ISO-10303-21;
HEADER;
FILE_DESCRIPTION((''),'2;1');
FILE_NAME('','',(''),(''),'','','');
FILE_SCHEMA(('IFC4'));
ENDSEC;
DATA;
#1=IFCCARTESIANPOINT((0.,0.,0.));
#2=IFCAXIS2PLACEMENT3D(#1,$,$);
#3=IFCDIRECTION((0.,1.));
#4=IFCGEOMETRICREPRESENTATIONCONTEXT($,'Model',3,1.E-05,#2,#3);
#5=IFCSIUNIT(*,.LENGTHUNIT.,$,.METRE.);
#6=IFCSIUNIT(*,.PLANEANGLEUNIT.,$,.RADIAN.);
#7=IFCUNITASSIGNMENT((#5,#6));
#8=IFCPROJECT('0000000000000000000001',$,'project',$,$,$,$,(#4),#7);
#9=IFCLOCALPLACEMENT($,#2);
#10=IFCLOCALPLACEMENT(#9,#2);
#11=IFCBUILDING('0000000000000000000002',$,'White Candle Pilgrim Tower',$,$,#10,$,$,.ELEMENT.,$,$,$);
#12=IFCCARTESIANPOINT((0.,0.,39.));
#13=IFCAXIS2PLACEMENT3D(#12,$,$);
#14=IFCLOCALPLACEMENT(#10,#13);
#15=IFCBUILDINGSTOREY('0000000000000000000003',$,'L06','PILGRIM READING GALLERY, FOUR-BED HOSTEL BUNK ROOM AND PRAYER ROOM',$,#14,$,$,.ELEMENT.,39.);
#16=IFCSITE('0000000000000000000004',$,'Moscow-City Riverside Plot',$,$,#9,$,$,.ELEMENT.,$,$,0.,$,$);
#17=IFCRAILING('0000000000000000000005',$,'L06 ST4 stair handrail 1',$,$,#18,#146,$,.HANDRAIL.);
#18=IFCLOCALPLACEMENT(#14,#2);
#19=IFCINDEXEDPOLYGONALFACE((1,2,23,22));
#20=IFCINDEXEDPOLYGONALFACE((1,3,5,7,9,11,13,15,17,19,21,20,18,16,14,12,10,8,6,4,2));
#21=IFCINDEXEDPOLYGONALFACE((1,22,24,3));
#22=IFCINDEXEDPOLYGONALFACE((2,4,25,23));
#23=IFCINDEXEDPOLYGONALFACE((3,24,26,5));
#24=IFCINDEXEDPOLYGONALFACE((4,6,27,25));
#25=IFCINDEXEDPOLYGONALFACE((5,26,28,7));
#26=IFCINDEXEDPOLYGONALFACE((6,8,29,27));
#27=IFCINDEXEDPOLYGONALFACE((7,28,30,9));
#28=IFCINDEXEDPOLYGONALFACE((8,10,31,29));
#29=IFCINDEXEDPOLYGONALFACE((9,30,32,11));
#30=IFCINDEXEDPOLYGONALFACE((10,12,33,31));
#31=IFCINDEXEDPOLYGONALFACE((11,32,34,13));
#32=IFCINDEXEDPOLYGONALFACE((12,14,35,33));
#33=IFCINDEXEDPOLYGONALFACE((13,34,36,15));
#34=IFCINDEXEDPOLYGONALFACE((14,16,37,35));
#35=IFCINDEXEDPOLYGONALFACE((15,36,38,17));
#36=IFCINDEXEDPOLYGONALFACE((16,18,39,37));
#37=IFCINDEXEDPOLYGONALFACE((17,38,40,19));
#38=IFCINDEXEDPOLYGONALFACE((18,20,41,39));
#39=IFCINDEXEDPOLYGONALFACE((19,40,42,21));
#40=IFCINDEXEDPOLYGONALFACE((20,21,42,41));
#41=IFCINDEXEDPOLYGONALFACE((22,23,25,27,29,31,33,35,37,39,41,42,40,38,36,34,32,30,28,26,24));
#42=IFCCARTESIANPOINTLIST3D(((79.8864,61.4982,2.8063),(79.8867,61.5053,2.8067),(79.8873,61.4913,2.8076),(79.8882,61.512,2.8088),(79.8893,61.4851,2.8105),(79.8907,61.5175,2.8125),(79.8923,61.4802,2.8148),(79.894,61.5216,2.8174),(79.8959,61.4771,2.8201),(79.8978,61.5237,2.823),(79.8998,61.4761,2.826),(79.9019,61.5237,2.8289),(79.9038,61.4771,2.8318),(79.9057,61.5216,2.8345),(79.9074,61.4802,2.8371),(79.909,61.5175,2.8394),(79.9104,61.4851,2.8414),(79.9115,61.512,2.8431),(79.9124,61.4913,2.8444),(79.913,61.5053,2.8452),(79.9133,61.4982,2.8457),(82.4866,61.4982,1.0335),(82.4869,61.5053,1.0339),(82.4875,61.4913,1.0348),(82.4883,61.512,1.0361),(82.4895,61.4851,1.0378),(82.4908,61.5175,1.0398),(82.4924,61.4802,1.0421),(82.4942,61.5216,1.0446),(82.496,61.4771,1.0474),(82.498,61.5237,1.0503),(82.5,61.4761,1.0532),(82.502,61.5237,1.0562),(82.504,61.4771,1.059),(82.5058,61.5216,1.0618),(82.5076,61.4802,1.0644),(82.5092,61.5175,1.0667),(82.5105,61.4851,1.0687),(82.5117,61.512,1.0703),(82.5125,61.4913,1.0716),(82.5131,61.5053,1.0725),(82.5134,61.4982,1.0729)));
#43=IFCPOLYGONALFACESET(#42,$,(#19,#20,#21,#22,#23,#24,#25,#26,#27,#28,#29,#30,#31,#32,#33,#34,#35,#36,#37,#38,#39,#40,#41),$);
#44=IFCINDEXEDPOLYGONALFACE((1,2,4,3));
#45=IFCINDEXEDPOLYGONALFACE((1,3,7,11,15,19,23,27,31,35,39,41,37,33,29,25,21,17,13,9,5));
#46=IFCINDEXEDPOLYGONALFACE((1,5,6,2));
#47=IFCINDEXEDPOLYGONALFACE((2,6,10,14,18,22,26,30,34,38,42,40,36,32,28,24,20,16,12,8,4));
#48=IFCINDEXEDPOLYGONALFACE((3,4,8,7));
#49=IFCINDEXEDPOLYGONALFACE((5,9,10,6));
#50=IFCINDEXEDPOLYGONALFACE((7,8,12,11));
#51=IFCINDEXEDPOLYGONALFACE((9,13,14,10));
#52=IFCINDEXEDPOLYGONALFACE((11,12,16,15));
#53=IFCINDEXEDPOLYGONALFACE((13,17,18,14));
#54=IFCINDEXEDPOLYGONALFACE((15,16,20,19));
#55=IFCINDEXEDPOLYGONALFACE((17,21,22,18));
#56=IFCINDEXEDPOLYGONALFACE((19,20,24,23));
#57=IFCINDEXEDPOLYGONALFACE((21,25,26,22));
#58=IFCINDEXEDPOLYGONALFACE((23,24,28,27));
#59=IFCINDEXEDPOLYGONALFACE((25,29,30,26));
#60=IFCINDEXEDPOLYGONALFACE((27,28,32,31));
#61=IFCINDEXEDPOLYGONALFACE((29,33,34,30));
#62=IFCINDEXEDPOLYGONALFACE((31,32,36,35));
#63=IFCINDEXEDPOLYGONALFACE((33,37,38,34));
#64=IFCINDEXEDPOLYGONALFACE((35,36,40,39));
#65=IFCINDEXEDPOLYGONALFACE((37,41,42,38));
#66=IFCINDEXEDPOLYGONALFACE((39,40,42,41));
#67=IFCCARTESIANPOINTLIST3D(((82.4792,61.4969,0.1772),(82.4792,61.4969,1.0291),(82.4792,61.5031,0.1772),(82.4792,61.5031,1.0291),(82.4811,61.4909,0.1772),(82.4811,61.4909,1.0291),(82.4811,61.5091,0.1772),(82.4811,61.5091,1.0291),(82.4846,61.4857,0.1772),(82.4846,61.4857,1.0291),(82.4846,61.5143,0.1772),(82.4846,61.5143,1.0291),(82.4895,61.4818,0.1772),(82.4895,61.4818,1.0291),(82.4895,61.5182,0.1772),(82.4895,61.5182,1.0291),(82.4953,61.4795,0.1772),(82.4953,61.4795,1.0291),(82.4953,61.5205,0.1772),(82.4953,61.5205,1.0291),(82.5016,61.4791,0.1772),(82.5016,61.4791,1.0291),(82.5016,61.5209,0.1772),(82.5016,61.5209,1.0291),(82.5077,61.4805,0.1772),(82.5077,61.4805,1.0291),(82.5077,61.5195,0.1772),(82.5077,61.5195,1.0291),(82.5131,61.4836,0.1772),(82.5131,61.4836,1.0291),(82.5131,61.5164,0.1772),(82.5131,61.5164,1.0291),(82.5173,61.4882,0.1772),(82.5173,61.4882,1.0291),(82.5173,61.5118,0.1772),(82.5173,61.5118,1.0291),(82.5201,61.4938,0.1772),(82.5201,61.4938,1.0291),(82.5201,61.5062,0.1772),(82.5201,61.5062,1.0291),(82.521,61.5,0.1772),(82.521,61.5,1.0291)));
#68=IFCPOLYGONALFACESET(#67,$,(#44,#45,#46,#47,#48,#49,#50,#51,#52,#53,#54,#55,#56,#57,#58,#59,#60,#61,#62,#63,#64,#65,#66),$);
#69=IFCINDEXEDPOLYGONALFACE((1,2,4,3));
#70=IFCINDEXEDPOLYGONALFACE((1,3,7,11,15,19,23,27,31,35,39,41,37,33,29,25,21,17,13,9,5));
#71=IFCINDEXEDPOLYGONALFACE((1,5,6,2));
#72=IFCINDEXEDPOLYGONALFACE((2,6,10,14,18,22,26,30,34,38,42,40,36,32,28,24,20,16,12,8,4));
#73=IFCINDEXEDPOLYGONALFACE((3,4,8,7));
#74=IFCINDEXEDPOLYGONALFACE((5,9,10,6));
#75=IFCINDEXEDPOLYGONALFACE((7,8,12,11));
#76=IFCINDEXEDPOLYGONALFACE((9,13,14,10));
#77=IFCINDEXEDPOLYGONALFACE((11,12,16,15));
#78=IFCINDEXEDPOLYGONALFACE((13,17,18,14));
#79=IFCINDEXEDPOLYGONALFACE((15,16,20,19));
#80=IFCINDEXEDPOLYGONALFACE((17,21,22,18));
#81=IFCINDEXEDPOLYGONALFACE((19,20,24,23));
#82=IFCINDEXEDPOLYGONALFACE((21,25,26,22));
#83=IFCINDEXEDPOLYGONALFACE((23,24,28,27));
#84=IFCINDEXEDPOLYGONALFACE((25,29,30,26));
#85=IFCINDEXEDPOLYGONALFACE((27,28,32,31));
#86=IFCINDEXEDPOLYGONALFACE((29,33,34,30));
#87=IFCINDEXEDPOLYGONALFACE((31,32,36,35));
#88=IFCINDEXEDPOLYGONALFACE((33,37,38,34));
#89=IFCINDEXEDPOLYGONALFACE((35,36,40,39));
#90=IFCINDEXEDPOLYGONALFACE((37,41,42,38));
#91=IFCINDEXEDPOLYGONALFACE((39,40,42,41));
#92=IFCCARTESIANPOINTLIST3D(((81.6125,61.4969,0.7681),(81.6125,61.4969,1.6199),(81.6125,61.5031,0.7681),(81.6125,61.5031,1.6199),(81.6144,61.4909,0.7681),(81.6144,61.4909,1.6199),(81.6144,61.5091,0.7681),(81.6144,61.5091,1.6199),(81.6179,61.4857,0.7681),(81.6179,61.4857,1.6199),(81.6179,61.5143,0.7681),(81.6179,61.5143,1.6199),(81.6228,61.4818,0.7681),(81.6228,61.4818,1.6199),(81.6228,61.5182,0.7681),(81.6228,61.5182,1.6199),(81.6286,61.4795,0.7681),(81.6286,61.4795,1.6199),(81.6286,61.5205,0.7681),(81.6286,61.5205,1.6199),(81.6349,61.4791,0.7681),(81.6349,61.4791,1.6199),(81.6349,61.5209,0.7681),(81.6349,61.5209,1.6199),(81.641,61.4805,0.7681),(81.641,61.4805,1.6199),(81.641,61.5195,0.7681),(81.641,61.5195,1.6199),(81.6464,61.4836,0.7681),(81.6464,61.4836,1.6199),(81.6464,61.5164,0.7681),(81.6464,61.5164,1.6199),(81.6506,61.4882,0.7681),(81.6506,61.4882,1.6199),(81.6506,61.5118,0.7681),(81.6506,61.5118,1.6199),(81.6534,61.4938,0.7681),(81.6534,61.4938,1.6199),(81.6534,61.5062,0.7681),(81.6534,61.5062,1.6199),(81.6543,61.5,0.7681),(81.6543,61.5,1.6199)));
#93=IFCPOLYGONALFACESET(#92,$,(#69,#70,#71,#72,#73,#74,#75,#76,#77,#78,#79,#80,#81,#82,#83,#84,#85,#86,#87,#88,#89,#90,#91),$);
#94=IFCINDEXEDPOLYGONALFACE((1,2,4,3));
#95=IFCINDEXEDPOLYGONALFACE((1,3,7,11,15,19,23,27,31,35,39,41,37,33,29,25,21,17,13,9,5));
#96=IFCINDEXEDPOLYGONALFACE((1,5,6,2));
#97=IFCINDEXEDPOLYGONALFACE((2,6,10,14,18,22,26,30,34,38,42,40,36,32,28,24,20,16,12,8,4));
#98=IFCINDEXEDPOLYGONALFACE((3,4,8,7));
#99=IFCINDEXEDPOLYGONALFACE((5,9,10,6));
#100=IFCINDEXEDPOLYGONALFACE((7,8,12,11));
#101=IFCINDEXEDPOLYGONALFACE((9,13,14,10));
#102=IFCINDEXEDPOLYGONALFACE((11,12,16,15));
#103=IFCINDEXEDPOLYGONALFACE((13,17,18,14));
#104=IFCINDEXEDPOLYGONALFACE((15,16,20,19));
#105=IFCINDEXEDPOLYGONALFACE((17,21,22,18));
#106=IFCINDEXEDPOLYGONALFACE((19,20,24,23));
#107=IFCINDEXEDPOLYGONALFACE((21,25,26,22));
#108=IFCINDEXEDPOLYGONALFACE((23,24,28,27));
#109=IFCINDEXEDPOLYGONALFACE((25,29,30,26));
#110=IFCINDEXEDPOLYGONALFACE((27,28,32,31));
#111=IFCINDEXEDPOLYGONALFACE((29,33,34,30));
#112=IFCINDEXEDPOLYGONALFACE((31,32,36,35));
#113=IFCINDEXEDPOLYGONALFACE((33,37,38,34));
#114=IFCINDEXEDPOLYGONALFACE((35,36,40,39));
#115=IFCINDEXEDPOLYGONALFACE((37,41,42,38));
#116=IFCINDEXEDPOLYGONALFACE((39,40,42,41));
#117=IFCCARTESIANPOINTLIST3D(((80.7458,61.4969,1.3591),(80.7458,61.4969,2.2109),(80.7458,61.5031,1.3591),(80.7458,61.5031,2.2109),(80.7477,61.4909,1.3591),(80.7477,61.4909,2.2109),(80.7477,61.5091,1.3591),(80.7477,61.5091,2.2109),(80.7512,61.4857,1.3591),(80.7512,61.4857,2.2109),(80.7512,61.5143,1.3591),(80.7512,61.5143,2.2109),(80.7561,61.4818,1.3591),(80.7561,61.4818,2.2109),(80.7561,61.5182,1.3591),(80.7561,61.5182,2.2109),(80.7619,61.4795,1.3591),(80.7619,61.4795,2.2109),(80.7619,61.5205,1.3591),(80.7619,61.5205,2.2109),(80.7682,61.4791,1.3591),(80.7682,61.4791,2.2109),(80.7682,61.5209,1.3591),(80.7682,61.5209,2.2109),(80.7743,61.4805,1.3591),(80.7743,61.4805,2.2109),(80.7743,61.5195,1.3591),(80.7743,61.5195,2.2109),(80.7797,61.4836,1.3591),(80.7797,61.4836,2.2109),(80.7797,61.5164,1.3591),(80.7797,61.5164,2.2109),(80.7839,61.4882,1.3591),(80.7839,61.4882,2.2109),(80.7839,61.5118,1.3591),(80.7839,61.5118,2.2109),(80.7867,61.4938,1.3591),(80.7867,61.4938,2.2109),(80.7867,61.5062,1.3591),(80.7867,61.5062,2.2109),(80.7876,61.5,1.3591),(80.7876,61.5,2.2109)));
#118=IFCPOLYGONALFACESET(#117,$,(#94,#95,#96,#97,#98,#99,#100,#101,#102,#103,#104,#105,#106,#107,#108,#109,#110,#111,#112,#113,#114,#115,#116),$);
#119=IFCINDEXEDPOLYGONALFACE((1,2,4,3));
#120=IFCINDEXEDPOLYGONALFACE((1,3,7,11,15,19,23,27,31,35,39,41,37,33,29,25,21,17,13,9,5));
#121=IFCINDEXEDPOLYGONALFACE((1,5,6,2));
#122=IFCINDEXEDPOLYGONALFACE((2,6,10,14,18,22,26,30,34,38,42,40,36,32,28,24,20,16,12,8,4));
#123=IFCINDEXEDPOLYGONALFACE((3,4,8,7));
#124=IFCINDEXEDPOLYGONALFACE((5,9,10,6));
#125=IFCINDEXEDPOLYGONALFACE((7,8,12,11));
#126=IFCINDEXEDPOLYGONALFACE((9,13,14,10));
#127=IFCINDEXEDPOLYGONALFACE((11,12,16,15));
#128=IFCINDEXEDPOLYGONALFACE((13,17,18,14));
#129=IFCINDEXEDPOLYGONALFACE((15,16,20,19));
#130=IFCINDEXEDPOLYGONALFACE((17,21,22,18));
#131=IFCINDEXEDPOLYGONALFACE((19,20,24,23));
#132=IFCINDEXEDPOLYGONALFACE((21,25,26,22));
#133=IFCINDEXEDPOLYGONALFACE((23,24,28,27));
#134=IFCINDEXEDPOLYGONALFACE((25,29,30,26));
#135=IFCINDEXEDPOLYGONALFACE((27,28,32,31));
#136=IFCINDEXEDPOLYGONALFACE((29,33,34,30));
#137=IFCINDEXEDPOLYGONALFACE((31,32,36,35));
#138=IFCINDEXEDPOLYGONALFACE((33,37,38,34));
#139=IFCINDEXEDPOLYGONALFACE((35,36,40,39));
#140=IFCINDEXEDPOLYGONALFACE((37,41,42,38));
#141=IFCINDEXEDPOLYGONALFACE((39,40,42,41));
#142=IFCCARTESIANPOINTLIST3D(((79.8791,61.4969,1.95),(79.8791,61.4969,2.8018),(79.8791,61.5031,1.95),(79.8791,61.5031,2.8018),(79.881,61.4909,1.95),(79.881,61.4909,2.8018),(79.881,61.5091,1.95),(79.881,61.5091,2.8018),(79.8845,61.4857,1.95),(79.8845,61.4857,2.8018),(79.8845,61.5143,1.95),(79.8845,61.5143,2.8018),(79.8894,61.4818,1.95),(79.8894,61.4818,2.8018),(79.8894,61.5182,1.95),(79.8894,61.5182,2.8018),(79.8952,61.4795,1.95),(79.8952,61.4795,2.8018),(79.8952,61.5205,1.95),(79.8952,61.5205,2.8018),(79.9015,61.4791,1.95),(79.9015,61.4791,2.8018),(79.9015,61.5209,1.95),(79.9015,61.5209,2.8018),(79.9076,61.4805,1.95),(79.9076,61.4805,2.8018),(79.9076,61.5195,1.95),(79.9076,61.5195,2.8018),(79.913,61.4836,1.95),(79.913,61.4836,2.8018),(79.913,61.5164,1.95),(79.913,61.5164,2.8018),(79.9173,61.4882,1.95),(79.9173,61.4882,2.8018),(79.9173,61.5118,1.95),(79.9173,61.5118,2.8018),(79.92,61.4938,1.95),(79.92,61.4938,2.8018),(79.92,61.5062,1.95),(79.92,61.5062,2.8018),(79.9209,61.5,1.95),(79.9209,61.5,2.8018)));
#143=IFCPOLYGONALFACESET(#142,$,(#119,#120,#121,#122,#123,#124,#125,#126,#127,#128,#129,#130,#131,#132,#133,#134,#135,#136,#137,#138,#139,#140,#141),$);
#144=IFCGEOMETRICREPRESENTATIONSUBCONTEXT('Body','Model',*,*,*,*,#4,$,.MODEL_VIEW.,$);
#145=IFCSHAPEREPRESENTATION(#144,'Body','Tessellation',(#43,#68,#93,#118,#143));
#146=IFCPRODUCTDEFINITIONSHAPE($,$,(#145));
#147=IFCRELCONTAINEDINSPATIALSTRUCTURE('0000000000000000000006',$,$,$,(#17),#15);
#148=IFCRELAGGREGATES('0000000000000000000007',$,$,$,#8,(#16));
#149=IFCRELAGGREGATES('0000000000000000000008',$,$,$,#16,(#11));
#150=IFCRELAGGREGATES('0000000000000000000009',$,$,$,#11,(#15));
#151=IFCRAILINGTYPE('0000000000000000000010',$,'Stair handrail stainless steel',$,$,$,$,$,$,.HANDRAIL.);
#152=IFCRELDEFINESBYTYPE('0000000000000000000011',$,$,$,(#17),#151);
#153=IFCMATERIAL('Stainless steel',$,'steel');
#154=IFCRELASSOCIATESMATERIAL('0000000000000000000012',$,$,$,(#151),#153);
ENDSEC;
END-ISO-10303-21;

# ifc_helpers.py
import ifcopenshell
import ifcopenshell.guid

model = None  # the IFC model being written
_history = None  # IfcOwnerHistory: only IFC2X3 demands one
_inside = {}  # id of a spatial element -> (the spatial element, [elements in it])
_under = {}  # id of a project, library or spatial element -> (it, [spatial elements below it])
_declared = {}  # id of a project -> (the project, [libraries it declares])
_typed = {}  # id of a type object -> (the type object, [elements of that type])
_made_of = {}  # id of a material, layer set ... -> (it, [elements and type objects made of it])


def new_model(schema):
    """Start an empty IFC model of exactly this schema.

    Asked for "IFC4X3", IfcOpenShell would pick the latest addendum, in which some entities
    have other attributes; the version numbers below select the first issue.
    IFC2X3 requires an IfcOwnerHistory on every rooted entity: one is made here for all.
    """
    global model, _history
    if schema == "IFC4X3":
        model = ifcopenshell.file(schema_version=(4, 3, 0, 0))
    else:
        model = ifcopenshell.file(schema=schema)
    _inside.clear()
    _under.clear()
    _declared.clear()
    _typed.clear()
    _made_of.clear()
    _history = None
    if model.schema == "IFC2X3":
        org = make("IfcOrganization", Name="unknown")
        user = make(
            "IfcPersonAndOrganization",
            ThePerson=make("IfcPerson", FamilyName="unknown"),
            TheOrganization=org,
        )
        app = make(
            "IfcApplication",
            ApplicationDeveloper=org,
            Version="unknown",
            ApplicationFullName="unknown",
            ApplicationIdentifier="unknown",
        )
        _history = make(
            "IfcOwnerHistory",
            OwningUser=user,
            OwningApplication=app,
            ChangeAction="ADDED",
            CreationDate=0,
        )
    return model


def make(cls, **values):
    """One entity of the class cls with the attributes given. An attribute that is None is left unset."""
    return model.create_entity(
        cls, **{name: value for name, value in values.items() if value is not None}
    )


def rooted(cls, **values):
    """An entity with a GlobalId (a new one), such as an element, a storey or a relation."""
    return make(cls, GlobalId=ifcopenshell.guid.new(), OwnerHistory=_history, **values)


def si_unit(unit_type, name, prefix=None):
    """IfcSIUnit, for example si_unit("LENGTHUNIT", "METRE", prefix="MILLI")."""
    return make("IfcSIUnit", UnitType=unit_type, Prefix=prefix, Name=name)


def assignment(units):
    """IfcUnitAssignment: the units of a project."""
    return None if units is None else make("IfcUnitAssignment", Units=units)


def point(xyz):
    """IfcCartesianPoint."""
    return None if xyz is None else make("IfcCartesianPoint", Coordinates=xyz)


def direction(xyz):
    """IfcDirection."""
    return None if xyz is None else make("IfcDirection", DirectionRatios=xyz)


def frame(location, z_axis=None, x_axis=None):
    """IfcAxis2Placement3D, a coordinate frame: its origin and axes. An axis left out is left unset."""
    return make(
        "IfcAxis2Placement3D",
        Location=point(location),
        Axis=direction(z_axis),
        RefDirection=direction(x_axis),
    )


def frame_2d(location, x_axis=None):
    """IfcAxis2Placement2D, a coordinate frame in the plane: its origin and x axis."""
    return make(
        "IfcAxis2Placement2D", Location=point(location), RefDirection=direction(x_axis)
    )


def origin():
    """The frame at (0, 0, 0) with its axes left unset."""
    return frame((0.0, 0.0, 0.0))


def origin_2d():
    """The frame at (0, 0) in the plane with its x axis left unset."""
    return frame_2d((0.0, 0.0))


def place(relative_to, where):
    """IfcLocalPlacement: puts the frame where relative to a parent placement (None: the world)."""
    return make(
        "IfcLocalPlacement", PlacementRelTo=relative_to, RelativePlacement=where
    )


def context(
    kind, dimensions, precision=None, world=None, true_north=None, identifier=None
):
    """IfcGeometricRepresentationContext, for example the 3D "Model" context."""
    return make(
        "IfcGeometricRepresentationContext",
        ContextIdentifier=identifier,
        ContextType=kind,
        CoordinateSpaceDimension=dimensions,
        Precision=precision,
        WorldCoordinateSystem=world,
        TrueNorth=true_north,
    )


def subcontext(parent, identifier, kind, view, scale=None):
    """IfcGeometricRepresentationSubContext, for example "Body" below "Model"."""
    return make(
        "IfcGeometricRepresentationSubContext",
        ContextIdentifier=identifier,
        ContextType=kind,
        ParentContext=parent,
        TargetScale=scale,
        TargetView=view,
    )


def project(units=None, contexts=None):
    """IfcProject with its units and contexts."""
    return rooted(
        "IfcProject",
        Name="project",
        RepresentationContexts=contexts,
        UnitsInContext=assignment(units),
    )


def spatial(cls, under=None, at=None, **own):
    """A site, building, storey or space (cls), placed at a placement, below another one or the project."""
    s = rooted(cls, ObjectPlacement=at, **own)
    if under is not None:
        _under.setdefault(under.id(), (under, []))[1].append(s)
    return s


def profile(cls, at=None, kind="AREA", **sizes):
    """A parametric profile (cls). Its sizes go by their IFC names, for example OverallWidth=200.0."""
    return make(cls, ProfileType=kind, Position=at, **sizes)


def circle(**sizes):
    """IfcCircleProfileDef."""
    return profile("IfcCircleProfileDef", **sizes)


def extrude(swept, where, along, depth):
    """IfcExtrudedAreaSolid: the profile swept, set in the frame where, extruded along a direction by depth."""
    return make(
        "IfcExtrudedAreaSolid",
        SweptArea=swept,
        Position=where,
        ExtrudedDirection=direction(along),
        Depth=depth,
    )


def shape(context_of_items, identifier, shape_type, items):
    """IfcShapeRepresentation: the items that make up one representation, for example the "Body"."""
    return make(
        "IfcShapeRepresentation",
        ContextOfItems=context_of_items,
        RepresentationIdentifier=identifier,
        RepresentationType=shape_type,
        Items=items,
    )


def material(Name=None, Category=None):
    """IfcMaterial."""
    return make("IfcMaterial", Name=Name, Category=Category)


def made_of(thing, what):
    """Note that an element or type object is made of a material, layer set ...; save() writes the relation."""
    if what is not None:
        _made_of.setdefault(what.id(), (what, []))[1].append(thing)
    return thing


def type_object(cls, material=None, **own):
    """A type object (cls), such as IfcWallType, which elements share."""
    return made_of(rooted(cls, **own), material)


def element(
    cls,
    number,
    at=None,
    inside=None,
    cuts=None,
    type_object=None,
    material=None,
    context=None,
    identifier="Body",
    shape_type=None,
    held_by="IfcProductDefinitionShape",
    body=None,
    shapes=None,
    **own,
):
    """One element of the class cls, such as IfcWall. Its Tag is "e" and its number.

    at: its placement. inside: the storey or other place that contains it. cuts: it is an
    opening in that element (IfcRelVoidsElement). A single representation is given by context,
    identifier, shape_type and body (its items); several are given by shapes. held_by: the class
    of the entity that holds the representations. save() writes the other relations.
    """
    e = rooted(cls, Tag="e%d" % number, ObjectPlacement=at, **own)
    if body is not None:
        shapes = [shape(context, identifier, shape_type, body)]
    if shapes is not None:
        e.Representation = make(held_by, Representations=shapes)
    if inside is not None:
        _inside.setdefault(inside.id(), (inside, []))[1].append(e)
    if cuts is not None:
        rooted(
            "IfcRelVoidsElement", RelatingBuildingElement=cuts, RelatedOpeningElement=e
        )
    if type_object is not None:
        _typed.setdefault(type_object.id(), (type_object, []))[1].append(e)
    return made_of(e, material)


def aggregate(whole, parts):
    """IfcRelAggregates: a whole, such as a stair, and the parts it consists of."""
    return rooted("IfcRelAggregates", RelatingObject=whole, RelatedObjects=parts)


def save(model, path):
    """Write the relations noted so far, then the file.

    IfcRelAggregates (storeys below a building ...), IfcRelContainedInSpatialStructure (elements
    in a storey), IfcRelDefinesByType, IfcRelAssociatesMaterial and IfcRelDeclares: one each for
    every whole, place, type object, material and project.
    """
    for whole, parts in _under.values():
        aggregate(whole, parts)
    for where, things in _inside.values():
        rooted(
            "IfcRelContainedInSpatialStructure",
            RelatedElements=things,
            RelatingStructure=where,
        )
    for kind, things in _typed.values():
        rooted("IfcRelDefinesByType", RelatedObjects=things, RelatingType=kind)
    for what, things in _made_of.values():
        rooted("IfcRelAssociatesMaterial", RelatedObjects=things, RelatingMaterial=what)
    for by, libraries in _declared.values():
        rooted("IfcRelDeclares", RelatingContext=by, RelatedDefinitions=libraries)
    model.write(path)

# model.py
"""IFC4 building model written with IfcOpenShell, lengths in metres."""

from ifc_helpers import new_model, si_unit, direction, frame, origin, origin_2d, place, context, subcontext, project, spatial, circle, extrude, material, type_object, element, save


model = new_model("IFC4")

# Units and contexts
model_context = context("Model", 3, precision=1e-05, world=origin(), true_north=direction((0.0, 1.0)))
body_context = subcontext(model_context, "Body", "Model", "MODEL_VIEW")
ifc_project = project(units=[si_unit("LENGTHUNIT", "METRE"), si_unit("PLANEANGLEUNIT", "RADIAN")], contexts=[model_context])

# Site, building, storey
site_placement = place(None, origin())
site = spatial("IfcSite", under=ifc_project, at=site_placement, Name="Moscow-City Riverside Plot", CompositionType="ELEMENT", RefElevation=0.0)
building_placement = place(site_placement, origin())
building = spatial("IfcBuilding", under=site, at=building_placement, Name="White Candle Pilgrim Tower", CompositionType="ELEMENT")
storey_placement = place(building_placement, frame((0.0, 0.0, 39.0)))
storey = spatial("IfcBuildingStorey", under=building, at=storey_placement, Name="L06", Description="PILGRIM READING GALLERY, FOUR-BED HOSTEL BUNK ROOM AND PRAYER ROOM", CompositionType="ELEMENT", Elevation=39.0)

# Railing
ifc_material_1 = material(Name="Stainless steel", Category="steel")
railing_type_1 = type_object("IfcRailingType", Name="Stair handrail stainless steel", PredefinedType="HANDRAIL", material=ifc_material_1)
railing_1_placement = place(storey_placement, frame((82.5, 61.5, 0.1772)))
element("IfcRailing", 1, at=railing_1_placement, inside=storey, type_object=railing_type_1, Name="L06 ST4 stair handrail 1", PredefinedType="HANDRAIL", context=body_context, shape_type="SweptSolid", body=[
    extrude(circle(Radius=0.0239, at=origin_2d()), frame((0.0, 0.0, 0.876), z_axis=(-0.82624, 0.0, 0.563318), x_axis=(0.0, -1.0, 0.0)), (0.0, 0.0, 1.0), 3.147),
    extrude(circle(Radius=0.021, at=origin_2d()), origin(), (0.0, 0.0, 1.0), 0.8518),
    extrude(circle(Radius=0.021, at=origin_2d()), frame((-0.8667, 0.0, 0.5908)), (0.0, 0.0, 1.0), 0.8518),
    extrude(circle(Radius=0.021, at=origin_2d()), frame((-1.7334, 0.0, 1.1819)), (0.0, 0.0, 1.0), 0.8518),
    extrude(circle(Radius=0.021, at=origin_2d()), frame((-2.6001, 0.0, 1.7727)), (0.0, 0.0, 1.0), 0.8518),
])

save(model, "model.ifc")
